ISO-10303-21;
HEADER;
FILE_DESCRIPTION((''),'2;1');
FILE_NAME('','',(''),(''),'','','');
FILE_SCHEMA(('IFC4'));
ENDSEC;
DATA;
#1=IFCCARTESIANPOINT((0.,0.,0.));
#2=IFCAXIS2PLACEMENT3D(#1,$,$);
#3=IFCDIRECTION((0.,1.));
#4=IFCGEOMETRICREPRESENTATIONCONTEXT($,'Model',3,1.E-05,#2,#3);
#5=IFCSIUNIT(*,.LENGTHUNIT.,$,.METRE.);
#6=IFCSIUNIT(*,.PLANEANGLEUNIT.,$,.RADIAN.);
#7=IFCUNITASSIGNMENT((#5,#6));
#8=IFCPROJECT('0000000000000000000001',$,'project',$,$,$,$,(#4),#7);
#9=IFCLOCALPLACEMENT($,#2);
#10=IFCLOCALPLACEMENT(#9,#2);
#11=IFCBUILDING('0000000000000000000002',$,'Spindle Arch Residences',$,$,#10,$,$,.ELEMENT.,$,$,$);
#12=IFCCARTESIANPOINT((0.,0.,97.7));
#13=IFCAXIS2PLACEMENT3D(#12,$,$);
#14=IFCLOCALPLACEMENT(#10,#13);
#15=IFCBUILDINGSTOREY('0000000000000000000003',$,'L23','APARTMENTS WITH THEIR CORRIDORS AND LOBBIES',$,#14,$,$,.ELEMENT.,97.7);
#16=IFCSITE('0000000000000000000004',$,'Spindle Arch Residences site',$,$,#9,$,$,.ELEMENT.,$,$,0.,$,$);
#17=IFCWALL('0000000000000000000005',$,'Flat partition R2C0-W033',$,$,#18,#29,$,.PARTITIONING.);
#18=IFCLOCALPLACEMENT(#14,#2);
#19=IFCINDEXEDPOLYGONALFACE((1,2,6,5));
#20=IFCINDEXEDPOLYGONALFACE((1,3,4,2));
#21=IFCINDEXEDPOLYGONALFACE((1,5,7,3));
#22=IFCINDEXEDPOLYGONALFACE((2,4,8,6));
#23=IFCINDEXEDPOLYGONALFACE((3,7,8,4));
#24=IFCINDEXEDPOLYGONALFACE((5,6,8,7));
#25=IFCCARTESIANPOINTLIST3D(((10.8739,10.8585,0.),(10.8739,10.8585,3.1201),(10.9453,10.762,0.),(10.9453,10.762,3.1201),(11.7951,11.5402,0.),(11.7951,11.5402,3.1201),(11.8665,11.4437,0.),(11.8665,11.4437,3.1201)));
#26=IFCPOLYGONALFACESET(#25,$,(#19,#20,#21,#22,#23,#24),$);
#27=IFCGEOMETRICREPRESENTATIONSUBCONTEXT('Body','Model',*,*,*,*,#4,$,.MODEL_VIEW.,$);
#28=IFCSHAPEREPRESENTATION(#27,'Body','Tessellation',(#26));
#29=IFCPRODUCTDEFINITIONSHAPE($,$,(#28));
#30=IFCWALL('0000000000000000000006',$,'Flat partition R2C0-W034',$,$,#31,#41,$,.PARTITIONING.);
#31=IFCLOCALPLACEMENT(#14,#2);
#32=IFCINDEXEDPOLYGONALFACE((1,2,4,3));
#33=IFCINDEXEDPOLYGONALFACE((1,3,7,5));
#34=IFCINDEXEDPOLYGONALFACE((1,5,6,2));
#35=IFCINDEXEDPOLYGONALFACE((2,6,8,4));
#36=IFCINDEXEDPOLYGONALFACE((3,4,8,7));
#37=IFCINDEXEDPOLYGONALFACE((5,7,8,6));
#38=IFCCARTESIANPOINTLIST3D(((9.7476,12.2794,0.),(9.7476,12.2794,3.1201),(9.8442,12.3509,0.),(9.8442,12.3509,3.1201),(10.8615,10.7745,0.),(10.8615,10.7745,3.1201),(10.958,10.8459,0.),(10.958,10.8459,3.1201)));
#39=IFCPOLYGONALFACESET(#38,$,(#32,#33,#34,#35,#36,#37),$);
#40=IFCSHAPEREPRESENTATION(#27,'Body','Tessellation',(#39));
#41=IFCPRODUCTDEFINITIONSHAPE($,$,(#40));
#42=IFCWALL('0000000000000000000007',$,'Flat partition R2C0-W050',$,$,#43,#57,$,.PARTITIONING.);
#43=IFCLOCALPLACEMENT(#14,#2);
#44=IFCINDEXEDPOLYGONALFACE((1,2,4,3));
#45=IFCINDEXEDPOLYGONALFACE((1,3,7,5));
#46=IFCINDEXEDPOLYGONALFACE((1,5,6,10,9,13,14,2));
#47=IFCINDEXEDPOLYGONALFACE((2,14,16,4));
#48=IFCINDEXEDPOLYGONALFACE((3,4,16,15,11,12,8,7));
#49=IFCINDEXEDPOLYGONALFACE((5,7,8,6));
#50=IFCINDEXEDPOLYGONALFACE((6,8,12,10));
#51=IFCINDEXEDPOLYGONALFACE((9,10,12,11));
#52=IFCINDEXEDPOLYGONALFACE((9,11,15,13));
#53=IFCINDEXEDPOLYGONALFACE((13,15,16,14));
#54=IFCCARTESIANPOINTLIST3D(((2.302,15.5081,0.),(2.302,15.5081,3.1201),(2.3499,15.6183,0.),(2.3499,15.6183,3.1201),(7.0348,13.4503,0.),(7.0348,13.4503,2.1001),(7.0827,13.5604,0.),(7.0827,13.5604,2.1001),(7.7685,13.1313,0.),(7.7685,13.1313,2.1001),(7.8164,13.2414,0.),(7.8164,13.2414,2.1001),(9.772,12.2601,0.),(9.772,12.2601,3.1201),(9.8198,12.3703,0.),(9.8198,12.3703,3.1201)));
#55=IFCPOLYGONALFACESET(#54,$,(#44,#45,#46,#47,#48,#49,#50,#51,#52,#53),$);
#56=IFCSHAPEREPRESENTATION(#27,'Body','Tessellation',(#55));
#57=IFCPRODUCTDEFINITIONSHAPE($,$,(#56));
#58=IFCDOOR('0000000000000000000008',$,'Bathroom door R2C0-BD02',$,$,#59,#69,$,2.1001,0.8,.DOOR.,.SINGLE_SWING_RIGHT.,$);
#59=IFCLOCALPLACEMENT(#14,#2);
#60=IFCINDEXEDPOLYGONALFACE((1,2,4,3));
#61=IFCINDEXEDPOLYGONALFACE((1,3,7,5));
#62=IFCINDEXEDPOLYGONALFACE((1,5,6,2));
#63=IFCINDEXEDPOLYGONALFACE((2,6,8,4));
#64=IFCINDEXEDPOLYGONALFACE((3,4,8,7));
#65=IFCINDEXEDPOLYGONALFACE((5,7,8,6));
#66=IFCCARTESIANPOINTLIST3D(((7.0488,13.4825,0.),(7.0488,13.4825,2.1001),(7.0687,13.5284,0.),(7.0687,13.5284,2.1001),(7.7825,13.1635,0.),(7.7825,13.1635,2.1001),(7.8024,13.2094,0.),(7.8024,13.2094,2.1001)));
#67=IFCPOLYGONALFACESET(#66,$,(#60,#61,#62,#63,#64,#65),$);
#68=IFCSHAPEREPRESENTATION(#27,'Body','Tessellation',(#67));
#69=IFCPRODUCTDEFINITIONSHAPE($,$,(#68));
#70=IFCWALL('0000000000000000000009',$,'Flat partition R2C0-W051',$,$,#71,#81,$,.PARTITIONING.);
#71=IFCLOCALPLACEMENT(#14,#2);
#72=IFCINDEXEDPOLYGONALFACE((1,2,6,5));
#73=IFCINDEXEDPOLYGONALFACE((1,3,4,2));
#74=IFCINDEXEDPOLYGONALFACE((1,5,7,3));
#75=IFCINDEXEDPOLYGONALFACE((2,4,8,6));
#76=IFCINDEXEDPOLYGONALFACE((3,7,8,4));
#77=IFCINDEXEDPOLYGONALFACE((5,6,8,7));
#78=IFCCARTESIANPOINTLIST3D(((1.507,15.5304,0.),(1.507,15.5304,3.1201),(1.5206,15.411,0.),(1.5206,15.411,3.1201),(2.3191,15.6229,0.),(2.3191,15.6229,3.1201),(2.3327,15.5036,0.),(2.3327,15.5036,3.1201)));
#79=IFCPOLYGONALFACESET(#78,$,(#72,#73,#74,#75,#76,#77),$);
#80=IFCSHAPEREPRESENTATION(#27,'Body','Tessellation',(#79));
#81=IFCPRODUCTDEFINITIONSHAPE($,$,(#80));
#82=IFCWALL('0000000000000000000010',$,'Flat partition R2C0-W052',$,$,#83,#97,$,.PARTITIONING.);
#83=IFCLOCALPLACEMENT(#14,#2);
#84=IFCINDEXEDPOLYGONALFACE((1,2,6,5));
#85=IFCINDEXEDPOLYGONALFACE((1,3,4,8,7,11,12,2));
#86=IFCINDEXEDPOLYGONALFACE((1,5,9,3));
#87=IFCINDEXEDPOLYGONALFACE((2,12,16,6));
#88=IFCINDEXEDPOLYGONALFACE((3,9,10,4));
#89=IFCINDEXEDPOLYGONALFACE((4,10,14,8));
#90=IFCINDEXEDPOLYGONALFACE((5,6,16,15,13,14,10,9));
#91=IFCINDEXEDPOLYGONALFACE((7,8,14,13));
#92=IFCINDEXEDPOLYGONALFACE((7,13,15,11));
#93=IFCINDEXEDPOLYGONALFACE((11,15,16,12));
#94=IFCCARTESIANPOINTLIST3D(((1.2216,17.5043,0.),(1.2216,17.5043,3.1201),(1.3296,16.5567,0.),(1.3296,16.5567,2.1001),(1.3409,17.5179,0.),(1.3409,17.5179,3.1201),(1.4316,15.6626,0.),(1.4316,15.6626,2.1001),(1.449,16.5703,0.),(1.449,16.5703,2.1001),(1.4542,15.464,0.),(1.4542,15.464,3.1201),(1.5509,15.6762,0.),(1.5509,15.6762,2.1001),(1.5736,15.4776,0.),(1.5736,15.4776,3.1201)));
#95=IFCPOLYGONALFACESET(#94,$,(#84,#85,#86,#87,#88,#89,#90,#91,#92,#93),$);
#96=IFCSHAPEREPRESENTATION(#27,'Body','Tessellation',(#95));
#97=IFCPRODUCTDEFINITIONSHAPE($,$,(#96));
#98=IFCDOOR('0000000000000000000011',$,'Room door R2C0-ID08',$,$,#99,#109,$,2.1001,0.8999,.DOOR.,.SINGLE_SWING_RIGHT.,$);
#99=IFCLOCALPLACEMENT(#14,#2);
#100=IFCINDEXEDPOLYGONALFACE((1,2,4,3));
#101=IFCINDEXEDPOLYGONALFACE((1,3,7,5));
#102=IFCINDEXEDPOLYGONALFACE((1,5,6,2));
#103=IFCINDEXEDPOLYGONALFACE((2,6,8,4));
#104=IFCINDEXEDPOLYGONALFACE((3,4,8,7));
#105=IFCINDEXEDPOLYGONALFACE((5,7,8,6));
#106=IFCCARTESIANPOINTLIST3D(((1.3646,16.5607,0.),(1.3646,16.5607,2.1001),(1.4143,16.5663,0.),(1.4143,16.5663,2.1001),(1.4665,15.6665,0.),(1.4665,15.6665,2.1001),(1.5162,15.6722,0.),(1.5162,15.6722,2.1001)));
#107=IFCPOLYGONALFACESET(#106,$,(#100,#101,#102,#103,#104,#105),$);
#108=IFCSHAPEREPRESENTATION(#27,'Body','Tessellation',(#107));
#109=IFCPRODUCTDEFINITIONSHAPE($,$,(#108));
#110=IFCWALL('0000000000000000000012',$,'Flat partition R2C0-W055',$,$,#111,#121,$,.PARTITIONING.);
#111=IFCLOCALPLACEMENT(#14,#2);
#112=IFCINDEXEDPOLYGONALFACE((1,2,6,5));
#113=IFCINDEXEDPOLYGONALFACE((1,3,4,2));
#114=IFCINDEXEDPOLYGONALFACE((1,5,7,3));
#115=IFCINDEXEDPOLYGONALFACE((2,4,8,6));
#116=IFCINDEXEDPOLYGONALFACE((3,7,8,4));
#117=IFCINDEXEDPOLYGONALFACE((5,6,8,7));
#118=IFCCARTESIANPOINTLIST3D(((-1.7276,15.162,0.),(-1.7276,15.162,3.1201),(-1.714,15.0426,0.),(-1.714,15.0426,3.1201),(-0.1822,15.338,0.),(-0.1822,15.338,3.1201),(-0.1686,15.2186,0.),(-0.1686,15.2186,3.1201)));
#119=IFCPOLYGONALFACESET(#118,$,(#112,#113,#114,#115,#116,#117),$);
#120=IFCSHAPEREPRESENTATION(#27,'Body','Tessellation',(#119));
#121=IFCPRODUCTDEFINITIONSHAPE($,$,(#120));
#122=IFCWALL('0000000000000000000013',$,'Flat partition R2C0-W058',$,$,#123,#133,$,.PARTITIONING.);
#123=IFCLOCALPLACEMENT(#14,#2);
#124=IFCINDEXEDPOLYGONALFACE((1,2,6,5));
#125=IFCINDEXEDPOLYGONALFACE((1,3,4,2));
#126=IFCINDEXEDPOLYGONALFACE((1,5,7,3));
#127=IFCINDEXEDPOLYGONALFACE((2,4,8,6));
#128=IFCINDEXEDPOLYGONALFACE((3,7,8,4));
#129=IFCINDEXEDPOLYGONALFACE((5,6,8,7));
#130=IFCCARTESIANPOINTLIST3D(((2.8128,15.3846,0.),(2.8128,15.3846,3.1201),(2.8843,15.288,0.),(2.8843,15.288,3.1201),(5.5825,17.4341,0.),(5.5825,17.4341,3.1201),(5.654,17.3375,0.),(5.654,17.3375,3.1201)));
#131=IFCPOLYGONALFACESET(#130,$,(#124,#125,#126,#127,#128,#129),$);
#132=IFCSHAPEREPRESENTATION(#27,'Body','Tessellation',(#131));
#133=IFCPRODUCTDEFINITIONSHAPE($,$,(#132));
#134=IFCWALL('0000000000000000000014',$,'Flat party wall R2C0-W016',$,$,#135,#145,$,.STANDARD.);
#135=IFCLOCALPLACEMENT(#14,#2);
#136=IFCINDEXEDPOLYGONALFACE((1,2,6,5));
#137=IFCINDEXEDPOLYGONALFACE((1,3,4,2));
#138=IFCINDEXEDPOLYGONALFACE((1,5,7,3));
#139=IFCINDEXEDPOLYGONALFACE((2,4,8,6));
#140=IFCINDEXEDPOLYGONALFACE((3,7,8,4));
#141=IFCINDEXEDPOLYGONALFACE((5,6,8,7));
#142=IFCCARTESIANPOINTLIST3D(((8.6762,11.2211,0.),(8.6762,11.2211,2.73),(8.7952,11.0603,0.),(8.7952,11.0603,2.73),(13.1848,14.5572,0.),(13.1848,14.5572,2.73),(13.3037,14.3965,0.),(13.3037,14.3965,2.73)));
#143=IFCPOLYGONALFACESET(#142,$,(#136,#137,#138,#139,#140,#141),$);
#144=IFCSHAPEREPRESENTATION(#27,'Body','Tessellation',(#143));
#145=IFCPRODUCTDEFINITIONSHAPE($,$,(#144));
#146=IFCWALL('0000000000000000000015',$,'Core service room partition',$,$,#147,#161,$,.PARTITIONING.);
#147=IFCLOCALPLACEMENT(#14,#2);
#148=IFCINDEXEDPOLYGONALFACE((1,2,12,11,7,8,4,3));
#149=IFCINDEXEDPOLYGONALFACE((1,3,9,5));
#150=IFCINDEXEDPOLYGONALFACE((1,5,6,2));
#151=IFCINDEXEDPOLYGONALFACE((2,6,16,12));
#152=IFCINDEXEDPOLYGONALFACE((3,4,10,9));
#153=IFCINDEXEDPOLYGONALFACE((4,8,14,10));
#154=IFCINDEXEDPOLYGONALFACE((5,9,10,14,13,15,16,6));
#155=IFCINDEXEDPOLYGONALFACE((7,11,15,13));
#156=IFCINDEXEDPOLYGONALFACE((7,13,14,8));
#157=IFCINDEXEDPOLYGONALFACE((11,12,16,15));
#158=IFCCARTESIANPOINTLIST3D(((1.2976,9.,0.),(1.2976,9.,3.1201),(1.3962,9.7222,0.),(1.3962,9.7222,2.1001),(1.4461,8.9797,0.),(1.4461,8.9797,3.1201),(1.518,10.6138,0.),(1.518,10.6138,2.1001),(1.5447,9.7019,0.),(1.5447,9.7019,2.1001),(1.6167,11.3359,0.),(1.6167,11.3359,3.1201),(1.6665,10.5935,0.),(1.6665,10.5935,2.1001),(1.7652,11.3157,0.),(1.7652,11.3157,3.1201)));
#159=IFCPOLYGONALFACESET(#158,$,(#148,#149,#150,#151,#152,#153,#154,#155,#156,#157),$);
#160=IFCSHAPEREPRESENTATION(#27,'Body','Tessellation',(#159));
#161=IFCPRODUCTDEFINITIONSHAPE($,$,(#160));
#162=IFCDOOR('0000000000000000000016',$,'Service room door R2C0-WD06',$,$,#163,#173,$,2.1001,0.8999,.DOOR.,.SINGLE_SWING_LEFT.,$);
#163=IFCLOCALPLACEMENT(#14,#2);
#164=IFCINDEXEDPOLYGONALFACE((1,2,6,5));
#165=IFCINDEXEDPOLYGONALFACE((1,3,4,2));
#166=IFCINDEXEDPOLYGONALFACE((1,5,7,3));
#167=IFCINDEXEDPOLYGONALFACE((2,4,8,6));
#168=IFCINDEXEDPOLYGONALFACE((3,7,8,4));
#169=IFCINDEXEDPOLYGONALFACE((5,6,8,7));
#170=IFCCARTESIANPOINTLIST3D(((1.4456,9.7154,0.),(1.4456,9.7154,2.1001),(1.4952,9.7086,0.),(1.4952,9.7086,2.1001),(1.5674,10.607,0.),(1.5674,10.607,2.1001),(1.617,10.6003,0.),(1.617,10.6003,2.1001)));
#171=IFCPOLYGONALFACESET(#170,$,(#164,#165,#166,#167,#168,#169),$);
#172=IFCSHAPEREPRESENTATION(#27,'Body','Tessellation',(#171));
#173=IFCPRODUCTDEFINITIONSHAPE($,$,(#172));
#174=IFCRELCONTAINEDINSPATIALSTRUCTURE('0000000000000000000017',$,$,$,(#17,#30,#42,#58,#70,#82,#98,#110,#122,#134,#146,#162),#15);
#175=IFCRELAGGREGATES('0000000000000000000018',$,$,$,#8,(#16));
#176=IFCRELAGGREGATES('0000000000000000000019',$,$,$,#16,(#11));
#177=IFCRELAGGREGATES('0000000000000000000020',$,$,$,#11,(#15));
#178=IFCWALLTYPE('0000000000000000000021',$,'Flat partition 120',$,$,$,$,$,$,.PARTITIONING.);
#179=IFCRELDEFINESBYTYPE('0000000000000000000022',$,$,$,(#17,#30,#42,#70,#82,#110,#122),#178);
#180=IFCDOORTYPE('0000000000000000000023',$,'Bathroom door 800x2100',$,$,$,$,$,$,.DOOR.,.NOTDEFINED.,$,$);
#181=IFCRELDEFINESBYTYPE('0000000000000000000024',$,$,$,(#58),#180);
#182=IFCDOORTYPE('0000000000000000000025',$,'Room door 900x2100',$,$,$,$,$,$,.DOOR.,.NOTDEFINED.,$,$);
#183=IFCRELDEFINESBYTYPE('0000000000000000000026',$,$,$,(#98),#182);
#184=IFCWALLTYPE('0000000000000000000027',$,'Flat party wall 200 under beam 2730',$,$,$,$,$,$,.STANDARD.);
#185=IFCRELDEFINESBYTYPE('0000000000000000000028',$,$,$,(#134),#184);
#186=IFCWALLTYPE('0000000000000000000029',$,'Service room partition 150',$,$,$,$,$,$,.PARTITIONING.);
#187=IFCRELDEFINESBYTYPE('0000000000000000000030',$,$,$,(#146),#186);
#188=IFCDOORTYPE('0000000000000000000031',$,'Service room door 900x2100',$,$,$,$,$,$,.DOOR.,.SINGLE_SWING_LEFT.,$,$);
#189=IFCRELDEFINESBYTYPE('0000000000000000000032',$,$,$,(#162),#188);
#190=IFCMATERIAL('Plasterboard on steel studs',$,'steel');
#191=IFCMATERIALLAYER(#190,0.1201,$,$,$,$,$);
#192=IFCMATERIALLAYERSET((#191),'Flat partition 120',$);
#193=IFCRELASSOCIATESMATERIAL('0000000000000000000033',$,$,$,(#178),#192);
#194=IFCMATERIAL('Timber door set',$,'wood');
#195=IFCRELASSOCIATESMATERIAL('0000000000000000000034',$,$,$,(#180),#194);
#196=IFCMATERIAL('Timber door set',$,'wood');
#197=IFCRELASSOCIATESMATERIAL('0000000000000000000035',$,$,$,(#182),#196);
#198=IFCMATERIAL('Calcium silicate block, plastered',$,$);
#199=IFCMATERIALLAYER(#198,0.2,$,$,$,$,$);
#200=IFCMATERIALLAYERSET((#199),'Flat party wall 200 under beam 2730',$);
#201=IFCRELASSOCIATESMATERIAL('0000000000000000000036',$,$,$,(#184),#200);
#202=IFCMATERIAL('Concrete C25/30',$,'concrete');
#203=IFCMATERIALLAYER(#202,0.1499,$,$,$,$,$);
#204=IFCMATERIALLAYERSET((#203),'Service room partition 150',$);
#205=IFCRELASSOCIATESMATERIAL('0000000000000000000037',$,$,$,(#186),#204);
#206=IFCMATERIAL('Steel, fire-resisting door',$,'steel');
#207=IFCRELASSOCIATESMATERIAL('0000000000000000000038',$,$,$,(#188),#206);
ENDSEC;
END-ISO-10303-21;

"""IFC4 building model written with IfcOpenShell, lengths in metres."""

from ifc_helpers import new_model, si_unit, direction, frame, frame_2d, origin, place, context, subcontext, project, spatial, rectangle, extrude, material, layer, layer_set, type_object, element, fill, save


model = new_model("IFC4")

# Units and contexts
model_context = context("Model", 3, precision=1e-05, world=origin(), true_north=direction((0.0, 1.0)))
body_context = subcontext(model_context, "Body", "Model", "MODEL_VIEW")
ifc_project = project(units=[si_unit("LENGTHUNIT", "METRE"), si_unit("PLANEANGLEUNIT", "RADIAN")], contexts=[model_context])

# Site, building, storey
site_placement = place(None, origin())
site = spatial("IfcSite", under=ifc_project, at=site_placement, Name="Spindle Arch Residences site", CompositionType="ELEMENT", RefElevation=0.0)
building_placement = place(site_placement, origin())
building = spatial("IfcBuilding", under=site, at=building_placement, Name="Spindle Arch Residences", CompositionType="ELEMENT")
storey_placement = place(building_placement, frame((0.0, 0.0, 97.7)))
storey = spatial("IfcBuildingStorey", under=building, at=storey_placement, Name="L23", Description="APARTMENTS WITH THEIR CORRIDORS AND LOBBIES", CompositionType="ELEMENT", Elevation=97.7)

# Walls
ifc_material_1 = material(Name="Plasterboard on steel studs", Category="steel")
ifc_layer_1 = layer(ifc_material_1, 0.1201)
ifc_layer_set_1 = layer_set([ifc_layer_1], Name="Flat partition 120")
wall_type_1 = type_object("IfcWallType", Name="Flat partition 120", PredefinedType="PARTITIONING", material=ifc_layer_set_1)
wall_1_placement = place(storey_placement, frame((11.8308, 11.4919, 0.0), z_axis=(0.0, 0.0, 1.0), x_axis=(-0.803844, -0.59484, 0.0)))
element("IfcWall", 1, at=wall_1_placement, inside=storey, type_object=wall_type_1, Name="Flat partition R2C0-W033", PredefinedType="PARTITIONING", context=body_context, shape_type="SweptSolid", body=[
    extrude(rectangle(XDim=1.146, YDim=0.1201, at=frame_2d((0.573, 0.0))), origin(), (0.0, 0.0, 1.0), 3.1201),
])
wall_2_placement = place(storey_placement, frame((10.9097, 10.8103, 0.0), z_axis=(0.0, 0.0, 1.0), x_axis=(-0.594897, 0.803802, 0.0)))
element("IfcWall", 2, at=wall_2_placement, inside=storey, type_object=wall_type_1, Name="Flat partition R2C0-W034", PredefinedType="PARTITIONING", context=body_context, shape_type="SweptSolid", body=[
    extrude(rectangle(XDim=1.8723, YDim=0.1201, at=frame_2d((0.936, 0.0))), origin(), (0.0, 0.0, 1.0), 3.1201),
])

# Wall, opening, door
wall_3_placement = place(storey_placement, frame((9.7959, 12.3152, 0.0), z_axis=(0.0, 0.0, 1.0), x_axis=(-0.91706, 0.39875, 0.0)))
wall_3 = element("IfcWall", 3, at=wall_3_placement, inside=storey, type_object=wall_type_1, Name="Flat partition R2C0-W050", PredefinedType="PARTITIONING", context=body_context, shape_type="SweptSolid", body=[
    extrude(rectangle(XDim=8.1455, YDim=0.1201, at=frame_2d((4.0728, 0.0))), origin(), (0.0, 0.0, 1.0), 3.1201),
])
opening_1_placement = place(wall_3_placement, frame((2.1848, 0.0, 0.0)))
opening_1 = element("IfcOpeningElement", 4, at=opening_1_placement, cuts=wall_3, PredefinedType="OPENING", context=body_context, shape_type="SweptSolid", body=[
    extrude(rectangle(XDim=0.8, YDim=2.1001, at=frame_2d((0.3999, 1.05))), frame((0.0, 0.0701, 0.0), z_axis=(0.0, -1.0, 0.0), x_axis=(1.0, 0.0, 0.0)), (0.0, 0.0, 1.0), 0.1401),
])
ifc_material_2 = material(Name="Timber door set", Category="wood")
door_type_1 = type_object("IfcDoorType", Name="Bathroom door 800x2100", OperationType="NOTDEFINED", PredefinedType="DOOR", material=ifc_material_2)
door_1_placement = place(opening_1_placement, origin())
door_1 = element("IfcDoor", 5, at=door_1_placement, inside=storey, type_object=door_type_1, Name="Bathroom door R2C0-BD02", OperationType="SINGLE_SWING_RIGHT", OverallHeight=2.1001, OverallWidth=0.8, PredefinedType="DOOR", context=body_context, shape_type="SweptSolid", body=[
    extrude(rectangle(XDim=0.8, YDim=2.1001, at=frame_2d((0.3999, 1.05))), frame((0.0, 0.0249, 0.0), z_axis=(0.0, -1.0, 0.0), x_axis=(1.0, 0.0, 0.0)), (0.0, 0.0, 1.0), 0.05),
])
fill(opening_1, door_1)

# Wall
wall_4_placement = place(storey_placement, frame((2.3259, 15.5632, 0.0), z_axis=(0.0, 0.0, 1.0), x_axis=(-0.99357, -0.113218, 0.0)))
element("IfcWall", 6, at=wall_4_placement, inside=storey, type_object=wall_type_1, Name="Flat partition R2C0-W051", PredefinedType="PARTITIONING", context=body_context, shape_type="SweptSolid", body=[
    extrude(rectangle(XDim=0.8174, YDim=0.1201, at=frame_2d((0.4087, 0.0))), origin(), (0.0, 0.0, 1.0), 3.1201),
])

# Wall, opening, door
wall_5_placement = place(storey_placement, frame((1.5139, 15.4707, 0.0), z_axis=(0.0, 0.0, 1.0), x_axis=(-0.113302, 0.993561, 0.0)))
wall_5 = element("IfcWall", 7, at=wall_5_placement, inside=storey, type_object=wall_type_1, Name="Flat partition R2C0-W052", PredefinedType="PARTITIONING", context=body_context, shape_type="SweptSolid", body=[
    extrude(rectangle(XDim=2.0535, YDim=0.1201, at=frame_2d((1.0269, 0.0))), origin(), (0.0, 0.0, 1.0), 3.1201),
])
opening_2_placement = place(wall_5_placement, frame((0.2, 0.0, 0.0)))
opening_2 = element("IfcOpeningElement", 8, at=opening_2_placement, cuts=wall_5, PredefinedType="OPENING", context=body_context, shape_type="SweptSolid", body=[
    extrude(rectangle(XDim=0.8999, YDim=2.1001, at=frame_2d((0.45, 1.05))), frame((0.0, 0.0701, 0.0), z_axis=(0.0, -1.0, 0.0), x_axis=(1.0, 0.0, 0.0)), (0.0, 0.0, 1.0), 0.1401),
])
ifc_material_3 = material(Name="Timber door set", Category="wood")
door_type_2 = type_object("IfcDoorType", Name="Room door 900x2100", OperationType="NOTDEFINED", PredefinedType="DOOR", material=ifc_material_3)
door_2_placement = place(opening_2_placement, origin())
door_2 = element("IfcDoor", 9, at=door_2_placement, inside=storey, type_object=door_type_2, Name="Room door R2C0-ID08", OperationType="SINGLE_SWING_RIGHT", OverallHeight=2.1001, OverallWidth=0.8999, PredefinedType="DOOR", context=body_context, shape_type="SweptSolid", body=[
    extrude(rectangle(XDim=0.8999, YDim=2.1001, at=frame_2d((0.45, 1.05))), frame((0.0, 0.0249, 0.0), z_axis=(0.0, -1.0, 0.0), x_axis=(1.0, 0.0, 0.0)), (0.0, 0.0, 1.0), 0.05),
])
fill(opening_2, door_2)

# Walls
wall_6_placement = place(storey_placement, frame((-0.1753, 15.2783, 0.0), z_axis=(0.0, 0.0, 1.0), x_axis=(-0.993576, -0.11317, 0.0)))
element("IfcWall", 10, at=wall_6_placement, inside=storey, type_object=wall_type_1, Name="Flat partition R2C0-W055", PredefinedType="PARTITIONING", context=body_context, shape_type="SweptSolid", body=[
    extrude(rectangle(XDim=1.5554, YDim=0.1201, at=frame_2d((0.7778, 0.0))), origin(), (0.0, 0.0, 1.0), 3.1201),
])
wall_7_placement = place(storey_placement, frame((5.6182, 17.3857, 0.0), z_axis=(0.0, 0.0, 1.0), x_axis=(-0.803852, -0.594829, 0.0)))
element("IfcWall", 11, at=wall_7_placement, inside=storey, type_object=wall_type_1, Name="Flat partition R2C0-W058", PredefinedType="PARTITIONING", context=body_context, shape_type="SweptSolid", body=[
    extrude(rectangle(XDim=3.4456, YDim=0.1201, at=frame_2d((1.7227, 0.0))), origin(), (0.0, 0.0, 1.0), 3.1201),
])
ifc_material_4 = material(Name="Calcium silicate block, plastered")
ifc_layer_2 = layer(ifc_material_4, 0.2)
ifc_layer_set_2 = layer_set([ifc_layer_2], Name="Flat party wall 200 under beam 2730")
wall_type_2 = type_object("IfcWallType", Name="Flat party wall 200 under beam 2730", PredefinedType="STANDARD", material=ifc_layer_set_2)
wall_8_placement = place(storey_placement, frame((13.2441, 14.4768, 0.0), z_axis=(0.0, 0.0, 1.0), x_axis=(-0.803854, -0.594827, 0.0)))
element("IfcWall", 12, at=wall_8_placement, inside=storey, type_object=wall_type_2, Name="Flat party wall R2C0-W016", PredefinedType="STANDARD", context=body_context, shape_type="SweptSolid", body=[
    extrude(rectangle(XDim=5.6086, YDim=0.2, at=frame_2d((2.8042, 0.0))), origin(), (0.0, 0.0, 1.0), 2.73),
])

# Wall, opening, door
ifc_material_5 = material(Name="Concrete C25/30", Category="concrete")
ifc_layer_3 = layer(ifc_material_5, 0.1499)
ifc_layer_set_3 = layer_set([ifc_layer_3], Name="Service room partition 150")
wall_type_3 = type_object("IfcWallType", Name="Service room partition 150", PredefinedType="PARTITIONING", material=ifc_layer_set_3)
wall_9_placement = place(storey_placement, frame((1.6909, 11.3257, 0.0), z_axis=(0.0, 0.0, 1.0), x_axis=(-0.135344, -0.990799, 0.0)))
wall_9 = element("IfcWall", 13, at=wall_9_placement, inside=storey, type_object=wall_type_3, Name="Core service room partition", PredefinedType="PARTITIONING", context=body_context, shape_type="SweptSolid", body=[
    extrude(rectangle(XDim=2.3577, YDim=0.1499, at=frame_2d((1.1787, 0.0))), origin(), (0.0, 0.0, 1.0), 3.1201),
])
opening_3_placement = place(wall_9_placement, frame((0.7288, 0.0, 0.0)))
opening_3 = element("IfcOpeningElement", 14, at=opening_3_placement, cuts=wall_9, PredefinedType="OPENING", context=body_context, shape_type="SweptSolid", body=[
    extrude(rectangle(XDim=0.8999, YDim=2.1001, at=frame_2d((0.45, 1.05))), frame((0.0, 0.085, 0.0), z_axis=(0.0, -1.0, 0.0), x_axis=(1.0, 0.0, 0.0)), (0.0, 0.0, 1.0), 0.1699),
])
ifc_material_6 = material(Name="Steel, fire-resisting door", Category="steel")
door_type_3 = type_object("IfcDoorType", Name="Service room door 900x2100", OperationType="SINGLE_SWING_LEFT", PredefinedType="DOOR", material=ifc_material_6)
door_3_placement = place(opening_3_placement, origin())
door_3 = element("IfcDoor", 15, at=door_3_placement, inside=storey, type_object=door_type_3, Name="Service room door R2C0-WD06", OperationType="SINGLE_SWING_LEFT", OverallHeight=2.1001, OverallWidth=0.8999, PredefinedType="DOOR", context=body_context, shape_type="SweptSolid", body=[
    extrude(rectangle(XDim=0.8999, YDim=2.1001, at=frame_2d((0.45, 1.05))), frame((0.0, 0.0249, 0.0), z_axis=(0.0, -1.0, 0.0), x_axis=(1.0, 0.0, 0.0)), (0.0, 0.0, 1.0), 0.05),
])
fill(opening_3, door_3)

save(model, "model.ifc")
